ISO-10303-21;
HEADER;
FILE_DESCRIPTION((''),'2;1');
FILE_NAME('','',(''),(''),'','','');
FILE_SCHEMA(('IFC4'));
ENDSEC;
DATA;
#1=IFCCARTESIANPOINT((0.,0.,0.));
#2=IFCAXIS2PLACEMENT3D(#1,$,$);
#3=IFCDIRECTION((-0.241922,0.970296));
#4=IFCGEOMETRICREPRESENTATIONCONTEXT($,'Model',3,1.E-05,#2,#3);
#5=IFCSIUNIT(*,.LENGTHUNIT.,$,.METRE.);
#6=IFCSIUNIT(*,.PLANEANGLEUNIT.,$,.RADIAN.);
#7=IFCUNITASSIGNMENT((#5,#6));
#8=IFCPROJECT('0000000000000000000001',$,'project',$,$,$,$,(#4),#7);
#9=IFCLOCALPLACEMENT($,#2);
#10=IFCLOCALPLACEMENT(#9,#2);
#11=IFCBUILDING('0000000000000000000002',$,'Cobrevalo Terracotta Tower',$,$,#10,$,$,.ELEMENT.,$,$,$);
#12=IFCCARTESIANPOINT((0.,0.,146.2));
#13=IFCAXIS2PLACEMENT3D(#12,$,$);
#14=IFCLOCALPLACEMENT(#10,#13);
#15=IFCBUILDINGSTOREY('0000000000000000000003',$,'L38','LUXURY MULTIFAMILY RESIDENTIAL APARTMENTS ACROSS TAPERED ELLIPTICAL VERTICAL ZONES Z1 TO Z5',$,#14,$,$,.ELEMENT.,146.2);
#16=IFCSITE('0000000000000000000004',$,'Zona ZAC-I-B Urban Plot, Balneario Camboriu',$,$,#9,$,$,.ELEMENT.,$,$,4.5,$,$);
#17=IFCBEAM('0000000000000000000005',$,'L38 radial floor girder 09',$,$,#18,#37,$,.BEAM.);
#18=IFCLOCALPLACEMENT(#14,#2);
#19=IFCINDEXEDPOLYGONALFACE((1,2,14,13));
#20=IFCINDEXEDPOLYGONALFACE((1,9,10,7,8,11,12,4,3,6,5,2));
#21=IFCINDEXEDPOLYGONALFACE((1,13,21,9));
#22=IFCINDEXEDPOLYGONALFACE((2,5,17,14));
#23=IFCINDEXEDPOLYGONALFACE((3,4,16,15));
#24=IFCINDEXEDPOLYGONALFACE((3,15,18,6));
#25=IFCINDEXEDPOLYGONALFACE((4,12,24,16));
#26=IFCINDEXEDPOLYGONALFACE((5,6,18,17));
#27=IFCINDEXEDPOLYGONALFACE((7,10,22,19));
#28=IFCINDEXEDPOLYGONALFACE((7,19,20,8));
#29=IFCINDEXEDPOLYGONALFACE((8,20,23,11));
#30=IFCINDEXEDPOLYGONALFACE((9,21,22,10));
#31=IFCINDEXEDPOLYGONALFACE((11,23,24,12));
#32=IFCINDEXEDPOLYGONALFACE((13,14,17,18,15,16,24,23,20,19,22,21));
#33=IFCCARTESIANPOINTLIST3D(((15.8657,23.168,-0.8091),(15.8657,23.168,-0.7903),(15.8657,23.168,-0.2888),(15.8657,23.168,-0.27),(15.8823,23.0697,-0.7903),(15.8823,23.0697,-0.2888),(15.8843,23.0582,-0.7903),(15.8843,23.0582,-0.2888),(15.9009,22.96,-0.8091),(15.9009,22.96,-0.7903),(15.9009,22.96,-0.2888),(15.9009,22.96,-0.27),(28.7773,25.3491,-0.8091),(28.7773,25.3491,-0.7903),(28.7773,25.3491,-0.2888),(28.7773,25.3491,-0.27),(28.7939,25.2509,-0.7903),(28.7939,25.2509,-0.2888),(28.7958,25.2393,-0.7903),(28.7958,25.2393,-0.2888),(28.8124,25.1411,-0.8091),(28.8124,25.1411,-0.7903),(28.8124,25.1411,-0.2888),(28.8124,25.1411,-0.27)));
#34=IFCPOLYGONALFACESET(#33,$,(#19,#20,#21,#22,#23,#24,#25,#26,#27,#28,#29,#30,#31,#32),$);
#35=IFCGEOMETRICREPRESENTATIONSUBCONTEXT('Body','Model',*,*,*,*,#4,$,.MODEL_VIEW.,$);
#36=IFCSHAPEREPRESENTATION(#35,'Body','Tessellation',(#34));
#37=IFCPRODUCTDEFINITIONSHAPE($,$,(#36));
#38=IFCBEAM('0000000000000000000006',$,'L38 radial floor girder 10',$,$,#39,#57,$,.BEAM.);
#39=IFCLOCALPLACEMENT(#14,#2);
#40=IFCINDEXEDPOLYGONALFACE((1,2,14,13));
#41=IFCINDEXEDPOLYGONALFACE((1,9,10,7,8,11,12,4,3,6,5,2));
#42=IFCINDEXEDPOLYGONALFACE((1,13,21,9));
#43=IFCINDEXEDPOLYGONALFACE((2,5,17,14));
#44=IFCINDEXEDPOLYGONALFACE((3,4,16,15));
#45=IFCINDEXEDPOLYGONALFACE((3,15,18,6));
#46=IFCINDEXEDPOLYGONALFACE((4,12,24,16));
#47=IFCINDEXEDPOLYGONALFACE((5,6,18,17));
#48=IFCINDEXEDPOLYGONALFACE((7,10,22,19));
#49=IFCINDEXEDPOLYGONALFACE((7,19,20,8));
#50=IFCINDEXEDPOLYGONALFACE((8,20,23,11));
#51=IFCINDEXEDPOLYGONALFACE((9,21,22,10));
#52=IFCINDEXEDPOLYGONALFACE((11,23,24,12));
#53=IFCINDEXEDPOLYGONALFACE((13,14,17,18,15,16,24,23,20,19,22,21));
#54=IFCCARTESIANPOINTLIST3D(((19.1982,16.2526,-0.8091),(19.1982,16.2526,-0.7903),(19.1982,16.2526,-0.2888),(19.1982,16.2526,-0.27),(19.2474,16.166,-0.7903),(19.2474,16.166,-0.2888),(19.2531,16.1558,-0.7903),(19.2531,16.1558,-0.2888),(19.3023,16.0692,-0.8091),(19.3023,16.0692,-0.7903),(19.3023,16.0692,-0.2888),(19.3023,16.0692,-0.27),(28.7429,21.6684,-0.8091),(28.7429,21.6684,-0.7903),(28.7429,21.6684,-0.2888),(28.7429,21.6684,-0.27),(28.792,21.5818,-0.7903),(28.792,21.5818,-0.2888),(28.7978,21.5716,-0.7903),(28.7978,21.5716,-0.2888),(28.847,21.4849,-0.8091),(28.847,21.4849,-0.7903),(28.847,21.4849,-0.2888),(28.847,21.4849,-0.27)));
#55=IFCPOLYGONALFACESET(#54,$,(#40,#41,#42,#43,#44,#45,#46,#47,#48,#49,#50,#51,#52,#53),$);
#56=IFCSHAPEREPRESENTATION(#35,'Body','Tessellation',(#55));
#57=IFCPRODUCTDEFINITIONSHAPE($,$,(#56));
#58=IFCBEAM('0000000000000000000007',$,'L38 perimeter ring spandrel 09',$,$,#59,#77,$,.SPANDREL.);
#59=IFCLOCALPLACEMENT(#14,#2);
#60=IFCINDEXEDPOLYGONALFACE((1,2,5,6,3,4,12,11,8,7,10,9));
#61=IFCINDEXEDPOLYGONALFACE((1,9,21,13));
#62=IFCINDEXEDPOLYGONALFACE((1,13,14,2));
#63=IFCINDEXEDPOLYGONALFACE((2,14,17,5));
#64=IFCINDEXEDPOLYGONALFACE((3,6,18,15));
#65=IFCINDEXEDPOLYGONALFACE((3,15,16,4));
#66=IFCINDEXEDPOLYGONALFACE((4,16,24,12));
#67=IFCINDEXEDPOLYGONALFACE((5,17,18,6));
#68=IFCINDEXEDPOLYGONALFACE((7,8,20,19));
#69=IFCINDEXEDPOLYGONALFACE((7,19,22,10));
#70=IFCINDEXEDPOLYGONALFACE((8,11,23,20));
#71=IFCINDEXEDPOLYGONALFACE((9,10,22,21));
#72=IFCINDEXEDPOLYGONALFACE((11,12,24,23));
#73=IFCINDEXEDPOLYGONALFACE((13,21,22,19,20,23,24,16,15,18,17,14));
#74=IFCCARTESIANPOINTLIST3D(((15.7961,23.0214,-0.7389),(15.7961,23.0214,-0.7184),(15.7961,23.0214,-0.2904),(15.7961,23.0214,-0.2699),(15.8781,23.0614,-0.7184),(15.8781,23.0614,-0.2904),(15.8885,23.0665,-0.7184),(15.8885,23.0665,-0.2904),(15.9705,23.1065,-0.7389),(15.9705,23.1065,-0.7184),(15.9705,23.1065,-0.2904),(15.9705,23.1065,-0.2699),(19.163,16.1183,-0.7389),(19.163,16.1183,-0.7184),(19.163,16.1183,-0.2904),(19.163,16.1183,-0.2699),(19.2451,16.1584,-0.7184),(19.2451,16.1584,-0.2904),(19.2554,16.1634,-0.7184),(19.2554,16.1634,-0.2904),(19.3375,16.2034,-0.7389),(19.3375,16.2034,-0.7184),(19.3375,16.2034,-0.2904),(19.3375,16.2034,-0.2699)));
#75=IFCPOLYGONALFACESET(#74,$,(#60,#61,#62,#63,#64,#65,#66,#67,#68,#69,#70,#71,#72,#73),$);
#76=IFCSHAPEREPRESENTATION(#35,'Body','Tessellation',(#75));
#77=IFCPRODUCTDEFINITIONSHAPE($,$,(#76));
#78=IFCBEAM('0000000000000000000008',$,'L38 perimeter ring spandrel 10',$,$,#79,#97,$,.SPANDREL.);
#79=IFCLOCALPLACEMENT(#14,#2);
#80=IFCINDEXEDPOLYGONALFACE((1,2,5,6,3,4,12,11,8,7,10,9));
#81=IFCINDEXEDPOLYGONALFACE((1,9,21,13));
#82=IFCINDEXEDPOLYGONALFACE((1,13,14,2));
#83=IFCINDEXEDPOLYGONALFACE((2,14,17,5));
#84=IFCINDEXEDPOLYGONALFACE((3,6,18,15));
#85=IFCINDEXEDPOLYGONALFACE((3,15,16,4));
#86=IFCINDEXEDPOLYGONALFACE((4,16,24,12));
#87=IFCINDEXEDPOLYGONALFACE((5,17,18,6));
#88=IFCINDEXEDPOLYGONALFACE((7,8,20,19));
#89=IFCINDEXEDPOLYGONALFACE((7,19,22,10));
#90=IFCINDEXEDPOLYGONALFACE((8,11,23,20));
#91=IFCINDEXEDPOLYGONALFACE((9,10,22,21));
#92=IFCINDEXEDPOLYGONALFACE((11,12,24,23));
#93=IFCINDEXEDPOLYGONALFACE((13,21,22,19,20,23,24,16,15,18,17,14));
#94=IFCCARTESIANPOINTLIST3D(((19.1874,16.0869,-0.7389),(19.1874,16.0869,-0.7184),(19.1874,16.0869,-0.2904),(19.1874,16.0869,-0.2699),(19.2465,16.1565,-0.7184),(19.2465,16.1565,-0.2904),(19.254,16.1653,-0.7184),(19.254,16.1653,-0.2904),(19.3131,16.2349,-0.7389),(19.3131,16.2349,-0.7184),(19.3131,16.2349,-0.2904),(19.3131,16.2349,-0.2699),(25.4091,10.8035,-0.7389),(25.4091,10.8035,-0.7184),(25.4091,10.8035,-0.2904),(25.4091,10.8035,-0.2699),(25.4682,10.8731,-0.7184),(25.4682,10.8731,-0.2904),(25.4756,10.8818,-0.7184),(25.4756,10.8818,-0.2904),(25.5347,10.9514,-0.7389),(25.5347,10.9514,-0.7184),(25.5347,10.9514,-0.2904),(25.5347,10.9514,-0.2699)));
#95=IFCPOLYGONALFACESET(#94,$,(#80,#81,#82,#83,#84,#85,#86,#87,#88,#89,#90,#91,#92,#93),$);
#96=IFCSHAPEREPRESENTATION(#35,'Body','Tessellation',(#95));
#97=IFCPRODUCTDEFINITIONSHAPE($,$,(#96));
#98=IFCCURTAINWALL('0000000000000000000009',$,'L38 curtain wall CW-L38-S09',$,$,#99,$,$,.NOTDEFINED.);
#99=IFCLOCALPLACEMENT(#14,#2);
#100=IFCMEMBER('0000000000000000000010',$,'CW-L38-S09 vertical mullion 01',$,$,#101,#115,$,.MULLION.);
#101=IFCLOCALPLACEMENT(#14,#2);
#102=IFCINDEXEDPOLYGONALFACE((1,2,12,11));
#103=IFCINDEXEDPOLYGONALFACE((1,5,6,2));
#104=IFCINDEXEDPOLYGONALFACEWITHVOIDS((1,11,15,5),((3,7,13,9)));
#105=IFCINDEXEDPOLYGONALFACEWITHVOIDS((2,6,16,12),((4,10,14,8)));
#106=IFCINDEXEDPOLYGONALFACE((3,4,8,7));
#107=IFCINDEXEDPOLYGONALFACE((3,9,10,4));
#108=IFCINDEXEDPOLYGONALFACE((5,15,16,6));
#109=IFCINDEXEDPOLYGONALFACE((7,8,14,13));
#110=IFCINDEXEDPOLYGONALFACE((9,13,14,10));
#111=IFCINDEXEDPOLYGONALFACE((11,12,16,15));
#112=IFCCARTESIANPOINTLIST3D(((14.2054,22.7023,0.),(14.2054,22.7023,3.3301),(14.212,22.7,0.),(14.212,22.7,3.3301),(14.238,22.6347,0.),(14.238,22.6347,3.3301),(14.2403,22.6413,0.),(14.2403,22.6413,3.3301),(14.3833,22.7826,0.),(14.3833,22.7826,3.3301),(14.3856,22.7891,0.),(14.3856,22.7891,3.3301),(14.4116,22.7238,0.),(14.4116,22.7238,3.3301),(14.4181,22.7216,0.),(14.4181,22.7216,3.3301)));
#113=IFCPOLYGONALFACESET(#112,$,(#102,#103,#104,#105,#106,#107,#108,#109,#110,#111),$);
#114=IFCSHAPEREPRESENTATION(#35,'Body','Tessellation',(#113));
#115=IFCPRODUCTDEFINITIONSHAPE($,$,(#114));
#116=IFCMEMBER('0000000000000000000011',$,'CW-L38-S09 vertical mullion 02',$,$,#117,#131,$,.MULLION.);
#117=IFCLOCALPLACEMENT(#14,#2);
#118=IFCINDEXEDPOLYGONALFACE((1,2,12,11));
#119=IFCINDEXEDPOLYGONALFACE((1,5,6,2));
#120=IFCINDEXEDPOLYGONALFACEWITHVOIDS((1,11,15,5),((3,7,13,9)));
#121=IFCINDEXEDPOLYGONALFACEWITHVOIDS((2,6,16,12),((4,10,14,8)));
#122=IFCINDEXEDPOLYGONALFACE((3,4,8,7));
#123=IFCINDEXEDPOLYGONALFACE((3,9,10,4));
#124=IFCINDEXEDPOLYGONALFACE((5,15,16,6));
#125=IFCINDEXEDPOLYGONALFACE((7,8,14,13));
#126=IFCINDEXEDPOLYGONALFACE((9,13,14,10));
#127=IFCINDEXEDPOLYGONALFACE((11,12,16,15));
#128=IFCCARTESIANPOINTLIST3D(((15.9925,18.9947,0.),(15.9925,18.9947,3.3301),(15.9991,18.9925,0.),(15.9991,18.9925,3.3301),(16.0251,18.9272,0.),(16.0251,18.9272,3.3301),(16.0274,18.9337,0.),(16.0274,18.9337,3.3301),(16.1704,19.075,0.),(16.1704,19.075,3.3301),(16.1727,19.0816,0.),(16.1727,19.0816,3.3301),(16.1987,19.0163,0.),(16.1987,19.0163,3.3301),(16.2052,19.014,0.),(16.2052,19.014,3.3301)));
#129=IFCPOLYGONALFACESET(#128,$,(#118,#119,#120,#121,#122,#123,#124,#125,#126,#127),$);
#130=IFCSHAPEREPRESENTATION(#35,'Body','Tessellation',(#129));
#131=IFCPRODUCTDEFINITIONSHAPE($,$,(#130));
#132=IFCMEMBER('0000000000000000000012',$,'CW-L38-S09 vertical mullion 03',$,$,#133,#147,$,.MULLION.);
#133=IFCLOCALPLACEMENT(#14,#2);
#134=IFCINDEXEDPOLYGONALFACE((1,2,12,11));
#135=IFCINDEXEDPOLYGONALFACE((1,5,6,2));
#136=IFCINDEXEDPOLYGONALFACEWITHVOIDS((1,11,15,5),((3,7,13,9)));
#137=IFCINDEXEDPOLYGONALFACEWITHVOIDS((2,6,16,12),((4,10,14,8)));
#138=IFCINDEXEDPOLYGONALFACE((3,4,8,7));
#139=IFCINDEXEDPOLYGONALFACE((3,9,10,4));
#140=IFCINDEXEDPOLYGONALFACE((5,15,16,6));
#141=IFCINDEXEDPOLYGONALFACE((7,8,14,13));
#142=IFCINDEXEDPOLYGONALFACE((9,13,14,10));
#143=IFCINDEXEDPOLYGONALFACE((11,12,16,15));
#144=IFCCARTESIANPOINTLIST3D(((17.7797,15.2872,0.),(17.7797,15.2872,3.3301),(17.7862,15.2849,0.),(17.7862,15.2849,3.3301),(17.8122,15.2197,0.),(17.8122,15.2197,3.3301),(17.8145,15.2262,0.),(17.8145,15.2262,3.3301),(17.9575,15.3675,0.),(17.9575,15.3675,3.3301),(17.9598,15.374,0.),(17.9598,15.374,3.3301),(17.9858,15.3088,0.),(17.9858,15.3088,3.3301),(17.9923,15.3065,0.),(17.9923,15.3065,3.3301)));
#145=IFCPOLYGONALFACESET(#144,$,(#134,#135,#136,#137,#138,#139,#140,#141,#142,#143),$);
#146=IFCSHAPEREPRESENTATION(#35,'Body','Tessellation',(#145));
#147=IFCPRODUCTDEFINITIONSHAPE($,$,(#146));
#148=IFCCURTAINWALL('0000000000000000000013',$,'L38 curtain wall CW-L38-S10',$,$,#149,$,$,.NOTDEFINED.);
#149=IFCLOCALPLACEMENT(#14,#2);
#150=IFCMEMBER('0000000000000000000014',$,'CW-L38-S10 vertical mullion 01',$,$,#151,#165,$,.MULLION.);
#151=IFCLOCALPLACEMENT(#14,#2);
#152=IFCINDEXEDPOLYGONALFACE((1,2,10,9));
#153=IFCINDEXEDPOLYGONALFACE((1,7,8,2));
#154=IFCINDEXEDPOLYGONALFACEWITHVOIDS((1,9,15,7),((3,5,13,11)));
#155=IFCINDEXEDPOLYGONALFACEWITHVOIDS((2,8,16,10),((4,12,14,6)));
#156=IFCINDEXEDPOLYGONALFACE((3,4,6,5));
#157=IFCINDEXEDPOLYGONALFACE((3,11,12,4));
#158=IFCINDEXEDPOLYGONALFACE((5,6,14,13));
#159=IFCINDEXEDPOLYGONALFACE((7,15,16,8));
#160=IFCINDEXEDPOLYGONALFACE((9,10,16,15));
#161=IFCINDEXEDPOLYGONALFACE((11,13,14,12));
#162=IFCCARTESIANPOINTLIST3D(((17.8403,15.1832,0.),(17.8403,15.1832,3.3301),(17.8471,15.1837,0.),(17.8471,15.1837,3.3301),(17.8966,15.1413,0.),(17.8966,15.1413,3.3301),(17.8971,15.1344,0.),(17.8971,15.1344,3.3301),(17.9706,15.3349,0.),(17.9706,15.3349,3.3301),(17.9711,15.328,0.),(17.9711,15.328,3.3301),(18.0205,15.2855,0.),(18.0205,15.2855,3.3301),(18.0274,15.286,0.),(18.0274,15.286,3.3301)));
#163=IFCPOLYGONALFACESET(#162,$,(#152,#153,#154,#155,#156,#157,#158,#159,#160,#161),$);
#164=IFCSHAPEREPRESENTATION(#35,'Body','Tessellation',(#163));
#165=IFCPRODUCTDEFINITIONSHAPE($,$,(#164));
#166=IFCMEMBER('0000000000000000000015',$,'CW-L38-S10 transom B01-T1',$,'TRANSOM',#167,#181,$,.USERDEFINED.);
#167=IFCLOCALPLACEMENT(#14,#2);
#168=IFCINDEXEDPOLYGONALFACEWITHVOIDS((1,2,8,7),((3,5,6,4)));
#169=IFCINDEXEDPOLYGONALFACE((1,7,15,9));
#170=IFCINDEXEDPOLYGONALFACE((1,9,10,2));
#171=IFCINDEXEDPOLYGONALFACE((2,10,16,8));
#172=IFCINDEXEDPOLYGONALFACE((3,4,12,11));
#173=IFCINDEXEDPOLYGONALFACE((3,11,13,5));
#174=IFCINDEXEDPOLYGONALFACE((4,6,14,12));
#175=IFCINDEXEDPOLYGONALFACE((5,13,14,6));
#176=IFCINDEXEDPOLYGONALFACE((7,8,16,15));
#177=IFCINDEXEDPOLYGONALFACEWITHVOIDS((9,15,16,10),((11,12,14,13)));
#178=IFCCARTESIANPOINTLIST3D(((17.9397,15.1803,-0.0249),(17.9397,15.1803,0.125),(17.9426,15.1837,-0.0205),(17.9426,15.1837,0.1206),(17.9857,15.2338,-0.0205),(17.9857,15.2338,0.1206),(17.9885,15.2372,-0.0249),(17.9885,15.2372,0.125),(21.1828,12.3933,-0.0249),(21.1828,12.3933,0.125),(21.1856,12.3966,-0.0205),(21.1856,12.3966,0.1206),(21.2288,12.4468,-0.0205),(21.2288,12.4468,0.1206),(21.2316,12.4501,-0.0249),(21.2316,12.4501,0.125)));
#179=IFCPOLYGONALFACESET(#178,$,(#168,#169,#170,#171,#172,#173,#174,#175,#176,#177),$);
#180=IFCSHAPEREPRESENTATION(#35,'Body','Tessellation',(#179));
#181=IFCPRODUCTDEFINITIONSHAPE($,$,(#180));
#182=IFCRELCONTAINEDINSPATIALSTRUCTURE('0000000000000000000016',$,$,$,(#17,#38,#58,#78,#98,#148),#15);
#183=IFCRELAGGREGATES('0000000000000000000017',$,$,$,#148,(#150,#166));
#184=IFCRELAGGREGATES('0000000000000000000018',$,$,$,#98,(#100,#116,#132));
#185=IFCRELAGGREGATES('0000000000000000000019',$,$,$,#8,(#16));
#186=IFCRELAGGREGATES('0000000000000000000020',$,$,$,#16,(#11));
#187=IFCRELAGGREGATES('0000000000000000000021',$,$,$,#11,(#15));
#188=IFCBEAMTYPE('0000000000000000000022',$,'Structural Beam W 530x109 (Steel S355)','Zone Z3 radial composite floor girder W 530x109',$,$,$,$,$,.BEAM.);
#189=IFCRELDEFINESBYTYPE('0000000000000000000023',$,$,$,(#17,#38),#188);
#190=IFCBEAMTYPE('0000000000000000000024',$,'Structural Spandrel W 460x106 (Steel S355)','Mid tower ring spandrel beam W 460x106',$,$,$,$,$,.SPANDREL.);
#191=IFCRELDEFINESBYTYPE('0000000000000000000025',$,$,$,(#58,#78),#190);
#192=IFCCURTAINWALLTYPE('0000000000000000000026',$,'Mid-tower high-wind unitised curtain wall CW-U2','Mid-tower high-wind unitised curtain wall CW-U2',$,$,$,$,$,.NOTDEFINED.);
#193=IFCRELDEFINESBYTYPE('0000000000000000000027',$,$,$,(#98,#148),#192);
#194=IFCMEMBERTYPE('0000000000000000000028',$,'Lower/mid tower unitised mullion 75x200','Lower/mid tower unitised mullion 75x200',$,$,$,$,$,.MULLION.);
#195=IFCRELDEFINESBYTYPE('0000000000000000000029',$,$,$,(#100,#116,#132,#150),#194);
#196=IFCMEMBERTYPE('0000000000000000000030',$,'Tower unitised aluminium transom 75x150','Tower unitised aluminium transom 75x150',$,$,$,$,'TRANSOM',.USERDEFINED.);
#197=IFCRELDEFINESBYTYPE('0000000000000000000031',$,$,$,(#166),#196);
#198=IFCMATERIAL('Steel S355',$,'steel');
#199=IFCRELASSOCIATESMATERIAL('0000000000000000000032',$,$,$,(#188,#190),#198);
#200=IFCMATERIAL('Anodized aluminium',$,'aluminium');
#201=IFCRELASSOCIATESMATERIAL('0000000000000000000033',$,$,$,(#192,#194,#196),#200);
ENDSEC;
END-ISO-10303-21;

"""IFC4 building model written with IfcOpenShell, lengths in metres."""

from ifc_helpers import new_model, si_unit, direction, frame, origin, origin_2d, place, context, subcontext, project, spatial, hollow_rectangle, i_section, extrude, source, transform, mapped, material, material_profile, profile_set, type_object, element, aggregate, save


model = new_model("IFC4")

# Units and contexts
model_context = context("Model", 3, precision=1e-05, world=origin(), true_north=direction((-0.241922, 0.970296)))
body_context = subcontext(model_context, "Body", "Model", "MODEL_VIEW")
ifc_project = project(units=[si_unit("LENGTHUNIT", "METRE"), si_unit("PLANEANGLEUNIT", "RADIAN")], contexts=[model_context])

# Site, building, storey
site_placement = place(None, origin())
site = spatial("IfcSite", under=ifc_project, at=site_placement, Name="Zona ZAC-I-B Urban Plot, Balneario Camboriu", CompositionType="ELEMENT", RefElevation=4.5)
building_placement = place(site_placement, origin())
building = spatial("IfcBuilding", under=site, at=building_placement, Name="Cobrevalo Terracotta Tower", CompositionType="ELEMENT")
storey_placement = place(building_placement, frame((0.0, 0.0, 146.2)))
storey = spatial("IfcBuildingStorey", under=building, at=storey_placement, Name="L38", Description="LUXURY MULTIFAMILY RESIDENTIAL APARTMENTS ACROSS TAPERED ELLIPTICAL VERTICAL ZONES Z1 TO Z5", CompositionType="ELEMENT", Elevation=146.2)

# Shared definitions
ifc_material_1 = material(Name="Steel S355", Category="steel")

# Beams
ifc_material_profile_1 = material_profile(ifc_material_1, i_section(OverallWidth=0.2109, OverallDepth=0.5391, WebThickness=0.0117, FlangeThickness=0.0188, at=origin_2d()), Name="W 530x109")
ifc_profile_set_1 = profile_set([ifc_material_profile_1], Name="Steel S355")
beam_type_1 = type_object("IfcBeamType", Name="Structural Beam W 530x109 (Steel S355)", Description="Zone Z3 radial composite floor girder W 530x109", PredefinedType="BEAM", material=ifc_profile_set_1)
beam_1_placement = place(storey_placement, frame((15.8833, 23.064, -0.5396), z_axis=(0.98603, 0.166569, 0.0), x_axis=(-0.166569, 0.98603, 0.0)))
element("IfcBeam", 1, at=beam_1_placement, inside=storey, type_object=beam_type_1, Name="L38 radial floor girder 09", PredefinedType="BEAM", context=body_context, shape_type="SweptSolid", body=[
    extrude(i_section(OverallWidth=0.2109, OverallDepth=0.5391, WebThickness=0.0117, FlangeThickness=0.0188, at=origin_2d()), origin(), (0.0, 0.0, 1.0), 13.0945),
])
beam_2_placement = place(storey_placement, frame((19.2502, 16.1609, -0.5396), z_axis=(0.869744, 0.493504, 0.0), x_axis=(-0.493504, 0.869744, 0.0)))
element("IfcBeam", 2, at=beam_2_placement, inside=storey, type_object=beam_type_1, Name="L38 radial floor girder 10", PredefinedType="BEAM", context=body_context, shape_type="SweptSolid", body=[
    extrude(i_section(OverallWidth=0.2109, OverallDepth=0.5391, WebThickness=0.0117, FlangeThickness=0.0188, at=origin_2d()), origin(), (0.0, 0.0, 1.0), 10.9741),
])
ifc_material_profile_2 = material_profile(ifc_material_1, i_section(OverallWidth=0.1941, OverallDepth=0.469, WebThickness=0.0115, FlangeThickness=0.0205, at=origin_2d()), Name="W 460x106")
ifc_profile_set_2 = profile_set([ifc_material_profile_2], Name="Steel S355")
beam_type_2 = type_object("IfcBeamType", Name="Structural Spandrel W 460x106 (Steel S355)", Description="Mid tower ring spandrel beam W 460x106", PredefinedType="SPANDREL", material=ifc_profile_set_2)
beam_3_placement = place(storey_placement, frame((15.8833, 23.064, -0.5044), z_axis=(0.43838, -0.89879, 0.0), x_axis=(0.89879, 0.43838, 0.0)))
element("IfcBeam", 3, at=beam_3_placement, inside=storey, type_object=beam_type_2, Name="L38 perimeter ring spandrel 09", PredefinedType="SPANDREL", context=body_context, shape_type="SweptSolid", body=[
    extrude(i_section(OverallWidth=0.1941, OverallDepth=0.469, WebThickness=0.0115, FlangeThickness=0.0205, at=origin_2d()), origin(), (0.0, 0.0, 1.0), 7.6804),
])
beam_4_placement = place(storey_placement, frame((19.2502, 16.1609, -0.5044), z_axis=(0.76224, -0.647294, 0.0), x_axis=(0.647294, 0.76224, 0.0)))
element("IfcBeam", 4, at=beam_4_placement, inside=storey, type_object=beam_type_2, Name="L38 perimeter ring spandrel 10", PredefinedType="SPANDREL", context=body_context, shape_type="SweptSolid", body=[
    extrude(i_section(OverallWidth=0.1941, OverallDepth=0.469, WebThickness=0.0115, FlangeThickness=0.0205, at=origin_2d()), origin(), (0.0, 0.0, 1.0), 8.1624),
])

# Curtain walls, members
ifc_material_2 = material(Name="Anodized aluminium", Category="aluminium")
curtain_wall_type = type_object("IfcCurtainWallType", Name="Mid-tower high-wind unitised curtain wall CW-U2", Description="Mid-tower high-wind unitised curtain wall CW-U2", PredefinedType="NOTDEFINED", material=ifc_material_2)
curtain_wall_1_placement = place(storey_placement, origin())
curtain_wall_1 = element("IfcCurtainWall", 5, at=curtain_wall_1_placement, inside=storey, type_object=curtain_wall_type, Name="L38 curtain wall CW-L38-S09", PredefinedType="NOTDEFINED")
ifc_material_profile_3 = material_profile(ifc_material_2, hollow_rectangle(XDim=0.075, YDim=0.2, WallThickness=0.0049, at=origin_2d()), Name="CWM 75x200")
ifc_profile_set_3 = profile_set([ifc_material_profile_3], Name="Anodized aluminium")
member_type_1 = type_object("IfcMemberType", Name="Lower/mid tower unitised mullion 75x200", Description="Lower/mid tower unitised mullion 75x200", PredefinedType="MULLION", material=ifc_profile_set_3)
shared_shape_1 = source(origin(), body_context, "Body", "SweptSolid", [
    extrude(hollow_rectangle(XDim=0.075, YDim=0.2, WallThickness=0.0049, at=origin_2d()), origin(), (0.0, 0.0, 1.0), 3.3301),
])
member_1_placement = place(storey_placement, frame((14.3118, 22.7119, 0.0), z_axis=(0.0, 0.0, 1.0), x_axis=(0.434209, -0.900812, 0.0)))
member_1 = element("IfcMember", 6, at=member_1_placement, type_object=member_type_1, Name="CW-L38-S09 vertical mullion 01", PredefinedType="MULLION", context=body_context, shape_type="MappedRepresentation", body=[
    mapped(shared_shape_1, transform((0.0, 0.0, 0.0), scale=1.0)),
])
member_2_placement = place(storey_placement, frame((16.0989, 19.0044, 0.0), z_axis=(0.0, 0.0, 1.0), x_axis=(0.434209, -0.900812, 0.0)))
member_2 = element("IfcMember", 7, at=member_2_placement, type_object=member_type_1, Name="CW-L38-S09 vertical mullion 02", PredefinedType="MULLION", context=body_context, shape_type="MappedRepresentation", body=[
    mapped(shared_shape_1, transform((0.0, 0.0, 0.0), scale=1.0)),
])
member_3_placement = place(storey_placement, frame((17.886, 15.2969, 0.0), z_axis=(0.0, 0.0, 1.0), x_axis=(0.434209, -0.900812, 0.0)))
member_3 = element("IfcMember", 8, at=member_3_placement, type_object=member_type_1, Name="CW-L38-S09 vertical mullion 03", PredefinedType="MULLION", context=body_context, shape_type="MappedRepresentation", body=[
    mapped(shared_shape_1, transform((0.0, 0.0, 0.0), scale=1.0)),
])
curtain_wall_2_placement = place(storey_placement, origin())
curtain_wall_2 = element("IfcCurtainWall", 9, at=curtain_wall_2_placement, inside=storey, type_object=curtain_wall_type, Name="L38 curtain wall CW-L38-S10", PredefinedType="NOTDEFINED")
member_4_placement = place(storey_placement, frame((17.9338, 15.2346, 0.0), z_axis=(0.0, 0.0, 1.0), x_axis=(0.758442, -0.651741, 0.0)))
member_4 = element("IfcMember", 10, at=member_4_placement, type_object=member_type_1, Name="CW-L38-S10 vertical mullion 01", PredefinedType="MULLION", context=body_context, shape_type="MappedRepresentation", body=[
    mapped(shared_shape_1, transform((0.0, 0.0, 0.0), scale=1.0)),
])
ifc_material_profile_4 = material_profile(ifc_material_2, hollow_rectangle(XDim=0.075, YDim=0.1499, WallThickness=0.0044, at=origin_2d()), Name="CWT 75x150")
ifc_profile_set_4 = profile_set([ifc_material_profile_4], Name="Anodized aluminium")
member_type_2 = type_object("IfcMemberType", Name="Tower unitised aluminium transom 75x150", Description="Tower unitised aluminium transom 75x150", ElementType="TRANSOM", PredefinedType="USERDEFINED", material=ifc_profile_set_4)
shared_shape_2 = source(origin(), body_context, "Body", "SweptSolid", [
    extrude(hollow_rectangle(XDim=0.075, YDim=0.1499, WallThickness=0.0044, at=origin_2d()), origin(), (0.0, 0.0, 1.0), 4.2761),
])
member_5_placement = place(storey_placement, frame((17.9641, 15.2087, 0.05), z_axis=(0.758418, -0.651769, 0.0), x_axis=(0.651769, 0.758418, 0.0)))
member_5 = element("IfcMember", 11, at=member_5_placement, type_object=member_type_2, Name="CW-L38-S10 transom B01-T1", ObjectType="TRANSOM", PredefinedType="USERDEFINED", context=body_context, shape_type="MappedRepresentation", body=[
    mapped(shared_shape_2, transform((0.0, 0.0, 0.0), scale=1.0)),
])
aggregate(curtain_wall_2, [member_4, member_5])

aggregate(curtain_wall_1, [member_1, member_2, member_3])

save(model, "model.ifc")
